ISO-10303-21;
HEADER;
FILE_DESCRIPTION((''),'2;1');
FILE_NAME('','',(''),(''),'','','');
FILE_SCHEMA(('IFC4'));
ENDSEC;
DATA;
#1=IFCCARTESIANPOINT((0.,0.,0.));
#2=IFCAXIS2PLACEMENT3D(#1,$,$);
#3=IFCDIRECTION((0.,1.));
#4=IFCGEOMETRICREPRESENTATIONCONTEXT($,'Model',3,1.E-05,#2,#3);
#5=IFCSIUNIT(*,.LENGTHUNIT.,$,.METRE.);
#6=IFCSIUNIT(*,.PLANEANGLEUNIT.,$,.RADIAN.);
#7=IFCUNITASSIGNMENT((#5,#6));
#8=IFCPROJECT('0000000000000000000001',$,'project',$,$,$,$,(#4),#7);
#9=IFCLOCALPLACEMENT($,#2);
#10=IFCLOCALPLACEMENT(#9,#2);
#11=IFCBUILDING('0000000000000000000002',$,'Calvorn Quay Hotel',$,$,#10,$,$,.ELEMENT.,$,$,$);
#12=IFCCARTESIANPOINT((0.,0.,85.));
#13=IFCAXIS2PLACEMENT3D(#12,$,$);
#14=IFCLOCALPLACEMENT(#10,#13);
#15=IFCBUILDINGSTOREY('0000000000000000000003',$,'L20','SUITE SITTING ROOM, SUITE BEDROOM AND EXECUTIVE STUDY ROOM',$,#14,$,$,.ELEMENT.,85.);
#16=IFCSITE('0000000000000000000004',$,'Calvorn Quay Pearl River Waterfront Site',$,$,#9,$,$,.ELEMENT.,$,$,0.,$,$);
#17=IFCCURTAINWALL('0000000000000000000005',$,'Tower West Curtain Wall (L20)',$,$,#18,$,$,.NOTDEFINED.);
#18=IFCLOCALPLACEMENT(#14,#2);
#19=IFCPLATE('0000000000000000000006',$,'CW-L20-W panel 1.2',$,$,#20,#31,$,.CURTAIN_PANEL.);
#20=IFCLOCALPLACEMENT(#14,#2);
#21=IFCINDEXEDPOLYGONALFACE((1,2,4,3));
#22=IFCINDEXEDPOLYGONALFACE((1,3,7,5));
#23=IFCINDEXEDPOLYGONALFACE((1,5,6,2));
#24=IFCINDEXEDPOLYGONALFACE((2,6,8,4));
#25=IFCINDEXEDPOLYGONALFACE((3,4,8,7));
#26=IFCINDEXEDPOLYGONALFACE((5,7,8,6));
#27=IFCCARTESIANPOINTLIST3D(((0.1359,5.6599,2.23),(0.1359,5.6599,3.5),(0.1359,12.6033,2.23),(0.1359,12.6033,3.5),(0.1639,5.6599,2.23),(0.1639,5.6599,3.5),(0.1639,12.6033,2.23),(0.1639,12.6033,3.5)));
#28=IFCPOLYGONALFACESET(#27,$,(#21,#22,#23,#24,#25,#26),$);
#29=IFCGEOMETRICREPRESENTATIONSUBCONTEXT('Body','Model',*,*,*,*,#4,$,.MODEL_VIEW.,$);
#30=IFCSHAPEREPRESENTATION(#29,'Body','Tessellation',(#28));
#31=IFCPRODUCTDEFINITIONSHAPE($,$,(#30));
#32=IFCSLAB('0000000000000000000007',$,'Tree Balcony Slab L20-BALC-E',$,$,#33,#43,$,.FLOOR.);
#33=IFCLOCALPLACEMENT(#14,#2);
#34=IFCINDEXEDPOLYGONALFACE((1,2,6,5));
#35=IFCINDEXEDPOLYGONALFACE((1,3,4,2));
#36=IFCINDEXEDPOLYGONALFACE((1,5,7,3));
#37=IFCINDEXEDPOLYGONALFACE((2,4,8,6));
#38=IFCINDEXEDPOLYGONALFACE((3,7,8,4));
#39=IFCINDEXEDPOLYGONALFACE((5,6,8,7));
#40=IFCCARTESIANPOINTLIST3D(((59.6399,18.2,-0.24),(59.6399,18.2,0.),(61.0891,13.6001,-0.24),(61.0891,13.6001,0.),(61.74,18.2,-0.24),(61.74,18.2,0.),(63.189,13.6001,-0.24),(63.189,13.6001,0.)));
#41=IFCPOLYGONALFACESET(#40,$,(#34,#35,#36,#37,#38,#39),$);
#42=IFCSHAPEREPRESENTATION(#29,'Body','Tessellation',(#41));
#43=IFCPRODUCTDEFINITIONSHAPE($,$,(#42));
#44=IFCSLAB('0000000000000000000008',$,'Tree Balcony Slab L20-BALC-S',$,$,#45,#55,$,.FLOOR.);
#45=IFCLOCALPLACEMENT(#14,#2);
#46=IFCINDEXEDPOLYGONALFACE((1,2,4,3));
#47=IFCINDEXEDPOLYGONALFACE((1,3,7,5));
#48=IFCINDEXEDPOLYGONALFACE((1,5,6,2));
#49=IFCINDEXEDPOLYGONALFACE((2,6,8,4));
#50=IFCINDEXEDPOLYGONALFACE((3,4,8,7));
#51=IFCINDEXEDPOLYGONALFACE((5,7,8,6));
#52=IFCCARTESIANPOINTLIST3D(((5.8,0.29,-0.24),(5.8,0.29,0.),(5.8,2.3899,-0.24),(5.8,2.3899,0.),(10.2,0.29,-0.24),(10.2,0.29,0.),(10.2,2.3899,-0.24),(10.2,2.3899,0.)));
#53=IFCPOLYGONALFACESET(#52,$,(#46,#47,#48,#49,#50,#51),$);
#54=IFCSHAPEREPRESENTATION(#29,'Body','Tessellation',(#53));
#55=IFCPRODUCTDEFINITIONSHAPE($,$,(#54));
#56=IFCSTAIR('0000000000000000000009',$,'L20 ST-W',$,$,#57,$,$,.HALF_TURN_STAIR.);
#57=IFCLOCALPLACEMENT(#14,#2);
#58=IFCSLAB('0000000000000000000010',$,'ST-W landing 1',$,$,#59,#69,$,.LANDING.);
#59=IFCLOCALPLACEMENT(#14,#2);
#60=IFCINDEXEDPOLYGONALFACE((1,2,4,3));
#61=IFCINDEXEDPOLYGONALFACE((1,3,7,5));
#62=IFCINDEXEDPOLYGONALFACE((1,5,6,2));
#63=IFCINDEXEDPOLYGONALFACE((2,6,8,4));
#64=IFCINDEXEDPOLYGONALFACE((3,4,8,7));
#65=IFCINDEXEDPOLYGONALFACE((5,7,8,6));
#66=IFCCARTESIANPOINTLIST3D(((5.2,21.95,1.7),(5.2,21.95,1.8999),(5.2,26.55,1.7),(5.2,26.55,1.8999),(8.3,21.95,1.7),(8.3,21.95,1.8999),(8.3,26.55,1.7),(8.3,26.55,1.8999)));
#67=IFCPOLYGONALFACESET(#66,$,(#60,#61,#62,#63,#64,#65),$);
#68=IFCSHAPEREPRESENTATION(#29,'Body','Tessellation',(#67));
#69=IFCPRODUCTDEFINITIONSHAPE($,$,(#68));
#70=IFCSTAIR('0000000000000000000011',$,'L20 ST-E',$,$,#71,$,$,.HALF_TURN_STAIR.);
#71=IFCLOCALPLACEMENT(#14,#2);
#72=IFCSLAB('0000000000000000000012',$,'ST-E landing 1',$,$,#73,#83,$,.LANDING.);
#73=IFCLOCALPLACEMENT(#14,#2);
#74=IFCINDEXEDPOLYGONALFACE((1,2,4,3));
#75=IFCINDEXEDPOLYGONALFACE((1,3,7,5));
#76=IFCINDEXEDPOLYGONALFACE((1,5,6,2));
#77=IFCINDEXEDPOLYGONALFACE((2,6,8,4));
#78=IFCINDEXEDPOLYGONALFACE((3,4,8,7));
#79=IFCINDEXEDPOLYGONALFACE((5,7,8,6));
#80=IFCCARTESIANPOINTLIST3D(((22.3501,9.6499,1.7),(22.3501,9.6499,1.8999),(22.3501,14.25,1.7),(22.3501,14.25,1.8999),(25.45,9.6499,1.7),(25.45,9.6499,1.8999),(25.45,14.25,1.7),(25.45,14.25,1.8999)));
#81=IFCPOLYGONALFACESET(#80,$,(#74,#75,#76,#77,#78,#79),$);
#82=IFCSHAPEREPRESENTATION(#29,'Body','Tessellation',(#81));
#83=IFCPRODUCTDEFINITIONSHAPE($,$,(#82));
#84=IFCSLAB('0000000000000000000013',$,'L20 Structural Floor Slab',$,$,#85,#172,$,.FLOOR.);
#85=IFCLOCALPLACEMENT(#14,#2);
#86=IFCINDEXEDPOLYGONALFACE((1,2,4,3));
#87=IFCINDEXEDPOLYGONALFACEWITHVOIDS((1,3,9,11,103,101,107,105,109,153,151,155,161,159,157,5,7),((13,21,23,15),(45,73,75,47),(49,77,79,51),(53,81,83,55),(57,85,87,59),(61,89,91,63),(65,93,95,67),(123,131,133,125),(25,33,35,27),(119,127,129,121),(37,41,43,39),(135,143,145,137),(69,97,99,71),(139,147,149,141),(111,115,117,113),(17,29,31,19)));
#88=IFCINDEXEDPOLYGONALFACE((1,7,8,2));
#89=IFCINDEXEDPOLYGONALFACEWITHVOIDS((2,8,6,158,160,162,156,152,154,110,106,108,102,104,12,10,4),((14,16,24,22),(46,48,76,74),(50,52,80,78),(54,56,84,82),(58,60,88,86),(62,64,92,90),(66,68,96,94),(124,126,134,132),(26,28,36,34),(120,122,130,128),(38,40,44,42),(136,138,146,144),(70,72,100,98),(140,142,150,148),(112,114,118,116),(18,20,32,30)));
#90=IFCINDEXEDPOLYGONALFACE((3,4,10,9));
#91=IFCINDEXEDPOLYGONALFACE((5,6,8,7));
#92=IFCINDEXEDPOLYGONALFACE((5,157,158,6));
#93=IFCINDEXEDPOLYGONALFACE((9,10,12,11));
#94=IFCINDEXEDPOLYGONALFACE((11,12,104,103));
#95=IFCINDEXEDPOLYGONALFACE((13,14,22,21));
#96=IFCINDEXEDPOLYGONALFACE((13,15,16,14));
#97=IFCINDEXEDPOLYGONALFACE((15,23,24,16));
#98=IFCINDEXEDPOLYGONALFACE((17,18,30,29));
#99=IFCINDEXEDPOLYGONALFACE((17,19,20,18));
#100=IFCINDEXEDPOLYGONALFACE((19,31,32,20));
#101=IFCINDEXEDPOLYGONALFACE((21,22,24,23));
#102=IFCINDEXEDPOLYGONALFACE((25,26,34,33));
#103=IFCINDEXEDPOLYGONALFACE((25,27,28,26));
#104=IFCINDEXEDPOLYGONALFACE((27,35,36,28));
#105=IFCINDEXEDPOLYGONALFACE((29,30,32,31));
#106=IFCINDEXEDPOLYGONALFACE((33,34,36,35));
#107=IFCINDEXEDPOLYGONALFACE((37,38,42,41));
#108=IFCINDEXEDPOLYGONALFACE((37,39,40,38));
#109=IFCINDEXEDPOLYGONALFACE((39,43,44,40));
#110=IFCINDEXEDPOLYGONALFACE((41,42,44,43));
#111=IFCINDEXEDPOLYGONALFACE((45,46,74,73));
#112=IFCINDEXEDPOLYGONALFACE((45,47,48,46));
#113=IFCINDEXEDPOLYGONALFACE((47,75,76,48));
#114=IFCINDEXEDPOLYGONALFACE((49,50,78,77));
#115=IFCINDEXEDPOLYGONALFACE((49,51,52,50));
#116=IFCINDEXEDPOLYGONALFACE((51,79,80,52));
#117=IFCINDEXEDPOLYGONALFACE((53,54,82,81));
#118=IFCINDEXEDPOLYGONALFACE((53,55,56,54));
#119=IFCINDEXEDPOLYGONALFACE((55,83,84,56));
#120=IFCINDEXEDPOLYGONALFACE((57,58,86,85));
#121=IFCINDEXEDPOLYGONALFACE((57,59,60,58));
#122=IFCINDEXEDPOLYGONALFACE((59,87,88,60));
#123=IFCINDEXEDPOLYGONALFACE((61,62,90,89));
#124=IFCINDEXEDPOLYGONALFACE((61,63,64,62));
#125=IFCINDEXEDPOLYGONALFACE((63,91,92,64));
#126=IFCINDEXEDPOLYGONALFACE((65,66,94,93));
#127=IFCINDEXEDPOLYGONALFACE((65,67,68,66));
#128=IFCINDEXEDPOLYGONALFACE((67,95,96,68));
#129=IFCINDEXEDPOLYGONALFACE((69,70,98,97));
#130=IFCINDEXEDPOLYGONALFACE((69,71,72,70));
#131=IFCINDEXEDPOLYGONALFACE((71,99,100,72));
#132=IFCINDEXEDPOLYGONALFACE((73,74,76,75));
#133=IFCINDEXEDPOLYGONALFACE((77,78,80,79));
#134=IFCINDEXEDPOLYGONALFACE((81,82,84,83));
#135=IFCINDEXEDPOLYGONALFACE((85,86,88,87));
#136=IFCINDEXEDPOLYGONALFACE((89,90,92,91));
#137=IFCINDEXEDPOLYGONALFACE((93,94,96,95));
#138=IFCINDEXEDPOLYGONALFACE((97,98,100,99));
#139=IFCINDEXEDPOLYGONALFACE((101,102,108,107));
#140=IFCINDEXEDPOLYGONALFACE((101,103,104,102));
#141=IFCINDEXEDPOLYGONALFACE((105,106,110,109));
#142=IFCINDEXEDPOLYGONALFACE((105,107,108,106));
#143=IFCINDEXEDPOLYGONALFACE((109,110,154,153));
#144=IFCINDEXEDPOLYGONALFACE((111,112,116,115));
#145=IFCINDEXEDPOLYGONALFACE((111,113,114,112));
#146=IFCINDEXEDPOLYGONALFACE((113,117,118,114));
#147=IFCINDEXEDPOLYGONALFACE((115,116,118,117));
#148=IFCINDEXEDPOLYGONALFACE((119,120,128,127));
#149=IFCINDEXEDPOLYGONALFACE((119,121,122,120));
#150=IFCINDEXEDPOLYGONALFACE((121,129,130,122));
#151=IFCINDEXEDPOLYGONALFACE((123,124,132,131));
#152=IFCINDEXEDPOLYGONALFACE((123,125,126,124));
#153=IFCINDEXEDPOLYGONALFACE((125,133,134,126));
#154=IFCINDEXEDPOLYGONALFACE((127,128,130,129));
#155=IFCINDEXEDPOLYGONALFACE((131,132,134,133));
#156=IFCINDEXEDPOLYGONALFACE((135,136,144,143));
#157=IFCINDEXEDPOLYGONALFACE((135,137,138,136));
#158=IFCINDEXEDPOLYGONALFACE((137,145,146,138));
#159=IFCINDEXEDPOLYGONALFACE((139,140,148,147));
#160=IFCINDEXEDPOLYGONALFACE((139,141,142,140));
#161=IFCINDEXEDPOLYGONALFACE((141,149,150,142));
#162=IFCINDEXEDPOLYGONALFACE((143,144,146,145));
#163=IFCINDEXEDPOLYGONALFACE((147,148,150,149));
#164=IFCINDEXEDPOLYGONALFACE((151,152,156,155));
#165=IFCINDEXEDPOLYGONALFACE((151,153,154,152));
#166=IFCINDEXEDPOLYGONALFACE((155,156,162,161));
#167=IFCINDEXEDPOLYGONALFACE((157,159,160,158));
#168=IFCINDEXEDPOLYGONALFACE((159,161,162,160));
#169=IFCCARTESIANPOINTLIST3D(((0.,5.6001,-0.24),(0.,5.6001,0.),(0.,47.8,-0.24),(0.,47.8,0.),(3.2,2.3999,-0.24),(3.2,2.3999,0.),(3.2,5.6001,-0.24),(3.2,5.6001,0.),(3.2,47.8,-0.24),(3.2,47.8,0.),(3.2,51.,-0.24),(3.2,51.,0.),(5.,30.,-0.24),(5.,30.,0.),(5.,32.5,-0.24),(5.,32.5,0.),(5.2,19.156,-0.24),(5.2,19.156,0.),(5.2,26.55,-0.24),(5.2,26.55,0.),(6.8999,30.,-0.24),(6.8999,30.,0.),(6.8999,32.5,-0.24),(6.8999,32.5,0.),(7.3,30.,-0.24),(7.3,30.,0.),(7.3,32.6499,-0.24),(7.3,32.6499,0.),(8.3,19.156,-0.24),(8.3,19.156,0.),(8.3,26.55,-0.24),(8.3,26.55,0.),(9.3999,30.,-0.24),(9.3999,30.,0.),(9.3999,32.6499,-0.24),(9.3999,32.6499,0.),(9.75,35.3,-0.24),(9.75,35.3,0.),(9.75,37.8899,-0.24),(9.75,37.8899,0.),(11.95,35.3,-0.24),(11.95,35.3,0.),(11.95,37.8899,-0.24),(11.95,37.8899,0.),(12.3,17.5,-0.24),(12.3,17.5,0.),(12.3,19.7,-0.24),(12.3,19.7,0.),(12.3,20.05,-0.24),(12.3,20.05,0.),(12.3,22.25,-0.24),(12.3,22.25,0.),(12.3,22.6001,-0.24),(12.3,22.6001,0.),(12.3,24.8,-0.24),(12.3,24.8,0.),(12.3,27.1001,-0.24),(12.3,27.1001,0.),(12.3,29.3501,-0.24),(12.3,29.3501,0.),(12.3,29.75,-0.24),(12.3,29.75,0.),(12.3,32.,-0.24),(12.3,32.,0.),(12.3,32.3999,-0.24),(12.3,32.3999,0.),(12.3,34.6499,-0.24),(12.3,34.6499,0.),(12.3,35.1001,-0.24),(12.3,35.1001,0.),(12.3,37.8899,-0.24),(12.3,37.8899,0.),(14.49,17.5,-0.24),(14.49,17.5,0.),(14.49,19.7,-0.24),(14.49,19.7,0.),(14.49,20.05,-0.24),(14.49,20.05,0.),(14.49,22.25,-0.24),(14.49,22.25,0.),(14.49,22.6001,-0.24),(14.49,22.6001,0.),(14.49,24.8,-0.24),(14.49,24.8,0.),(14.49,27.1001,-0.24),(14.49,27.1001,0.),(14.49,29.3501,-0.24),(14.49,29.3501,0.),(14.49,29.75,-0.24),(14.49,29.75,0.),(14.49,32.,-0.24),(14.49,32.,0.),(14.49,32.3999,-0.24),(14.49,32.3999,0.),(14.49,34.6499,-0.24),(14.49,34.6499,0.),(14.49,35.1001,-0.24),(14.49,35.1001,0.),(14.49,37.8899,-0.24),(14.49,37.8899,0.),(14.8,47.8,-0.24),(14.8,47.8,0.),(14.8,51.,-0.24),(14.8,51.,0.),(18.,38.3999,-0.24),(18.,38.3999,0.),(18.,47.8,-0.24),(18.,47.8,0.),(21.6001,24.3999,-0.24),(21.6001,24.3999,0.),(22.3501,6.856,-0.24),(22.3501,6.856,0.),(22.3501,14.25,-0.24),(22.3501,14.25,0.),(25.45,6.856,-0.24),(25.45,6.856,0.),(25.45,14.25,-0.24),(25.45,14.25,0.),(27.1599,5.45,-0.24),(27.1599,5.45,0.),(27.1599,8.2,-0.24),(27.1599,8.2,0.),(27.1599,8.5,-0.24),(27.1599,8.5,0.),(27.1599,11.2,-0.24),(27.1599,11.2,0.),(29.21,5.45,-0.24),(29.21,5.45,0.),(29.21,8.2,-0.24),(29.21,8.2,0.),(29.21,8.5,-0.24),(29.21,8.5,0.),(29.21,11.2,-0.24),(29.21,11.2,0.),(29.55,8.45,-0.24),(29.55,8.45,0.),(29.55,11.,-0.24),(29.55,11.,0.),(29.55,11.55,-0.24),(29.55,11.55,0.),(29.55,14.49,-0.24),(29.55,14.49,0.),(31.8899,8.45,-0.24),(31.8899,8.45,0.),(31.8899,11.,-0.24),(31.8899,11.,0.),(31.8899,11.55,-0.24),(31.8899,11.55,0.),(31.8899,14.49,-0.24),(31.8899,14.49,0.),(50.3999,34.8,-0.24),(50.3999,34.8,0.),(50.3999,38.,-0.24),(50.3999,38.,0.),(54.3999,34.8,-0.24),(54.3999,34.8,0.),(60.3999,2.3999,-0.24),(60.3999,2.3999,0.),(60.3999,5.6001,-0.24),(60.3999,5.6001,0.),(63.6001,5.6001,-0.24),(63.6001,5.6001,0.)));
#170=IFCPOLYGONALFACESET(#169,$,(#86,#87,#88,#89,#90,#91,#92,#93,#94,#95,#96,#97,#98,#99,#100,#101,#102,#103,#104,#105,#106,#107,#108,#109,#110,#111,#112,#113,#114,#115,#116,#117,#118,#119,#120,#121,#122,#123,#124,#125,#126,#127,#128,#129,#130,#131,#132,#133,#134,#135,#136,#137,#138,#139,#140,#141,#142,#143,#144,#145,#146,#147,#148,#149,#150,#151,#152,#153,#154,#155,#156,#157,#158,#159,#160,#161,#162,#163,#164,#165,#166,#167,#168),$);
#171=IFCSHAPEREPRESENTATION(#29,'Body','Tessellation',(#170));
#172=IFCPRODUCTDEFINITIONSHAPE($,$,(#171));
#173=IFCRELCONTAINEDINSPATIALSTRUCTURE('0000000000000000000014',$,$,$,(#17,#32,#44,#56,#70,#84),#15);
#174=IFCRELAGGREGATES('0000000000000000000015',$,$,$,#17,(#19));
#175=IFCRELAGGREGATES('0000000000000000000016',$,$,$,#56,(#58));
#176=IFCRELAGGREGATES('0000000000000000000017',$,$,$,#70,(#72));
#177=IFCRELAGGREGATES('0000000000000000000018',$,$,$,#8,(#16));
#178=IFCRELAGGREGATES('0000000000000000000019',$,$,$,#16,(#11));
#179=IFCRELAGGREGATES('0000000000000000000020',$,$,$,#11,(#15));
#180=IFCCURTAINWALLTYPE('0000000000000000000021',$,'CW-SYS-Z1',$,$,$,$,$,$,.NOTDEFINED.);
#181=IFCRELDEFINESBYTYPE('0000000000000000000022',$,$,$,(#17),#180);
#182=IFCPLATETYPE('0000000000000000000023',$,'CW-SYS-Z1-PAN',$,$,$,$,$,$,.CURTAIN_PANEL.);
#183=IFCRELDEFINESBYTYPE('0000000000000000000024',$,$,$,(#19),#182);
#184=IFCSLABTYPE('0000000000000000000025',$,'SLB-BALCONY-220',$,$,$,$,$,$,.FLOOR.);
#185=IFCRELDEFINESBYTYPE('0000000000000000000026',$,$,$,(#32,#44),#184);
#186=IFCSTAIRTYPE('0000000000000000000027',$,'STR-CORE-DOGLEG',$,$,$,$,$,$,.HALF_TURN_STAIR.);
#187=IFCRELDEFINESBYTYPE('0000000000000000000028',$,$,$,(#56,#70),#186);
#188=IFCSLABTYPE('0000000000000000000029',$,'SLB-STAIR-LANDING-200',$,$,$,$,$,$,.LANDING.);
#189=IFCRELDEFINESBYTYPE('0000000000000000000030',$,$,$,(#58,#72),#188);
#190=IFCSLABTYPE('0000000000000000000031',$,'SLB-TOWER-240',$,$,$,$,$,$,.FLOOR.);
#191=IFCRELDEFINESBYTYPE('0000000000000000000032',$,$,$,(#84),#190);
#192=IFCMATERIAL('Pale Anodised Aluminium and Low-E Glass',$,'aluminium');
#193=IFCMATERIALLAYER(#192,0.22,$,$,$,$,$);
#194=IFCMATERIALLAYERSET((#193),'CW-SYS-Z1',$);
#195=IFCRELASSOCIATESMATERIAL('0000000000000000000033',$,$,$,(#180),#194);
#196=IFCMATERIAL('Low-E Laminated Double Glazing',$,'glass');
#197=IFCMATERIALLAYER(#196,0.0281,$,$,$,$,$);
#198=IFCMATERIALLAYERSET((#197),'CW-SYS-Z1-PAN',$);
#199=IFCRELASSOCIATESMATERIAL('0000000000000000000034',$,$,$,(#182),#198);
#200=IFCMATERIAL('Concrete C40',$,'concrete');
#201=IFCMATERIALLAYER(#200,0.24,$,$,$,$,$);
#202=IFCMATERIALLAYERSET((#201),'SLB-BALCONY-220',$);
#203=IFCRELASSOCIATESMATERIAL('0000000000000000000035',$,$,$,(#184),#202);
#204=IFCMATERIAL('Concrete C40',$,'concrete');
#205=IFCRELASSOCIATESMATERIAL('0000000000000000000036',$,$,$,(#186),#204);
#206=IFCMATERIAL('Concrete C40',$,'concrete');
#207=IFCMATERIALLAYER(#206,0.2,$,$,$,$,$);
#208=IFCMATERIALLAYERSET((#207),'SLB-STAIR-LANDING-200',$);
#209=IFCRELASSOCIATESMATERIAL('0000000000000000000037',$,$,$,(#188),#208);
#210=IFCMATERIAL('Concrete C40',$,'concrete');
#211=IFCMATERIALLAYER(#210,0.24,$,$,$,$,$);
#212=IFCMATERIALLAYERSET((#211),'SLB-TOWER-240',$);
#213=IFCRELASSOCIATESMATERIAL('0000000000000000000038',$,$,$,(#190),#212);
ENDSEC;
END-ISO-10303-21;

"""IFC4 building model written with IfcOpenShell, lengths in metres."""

from ifc_helpers import new_model, si_unit, direction, frame, origin, origin_2d, place, context, subcontext, project, spatial, polyline, rectangle, outline, extrude, material, layer, layer_set, type_object, element, aggregate, save


model = new_model("IFC4")

# Units and contexts
model_context = context("Model", 3, precision=1e-05, world=origin(), true_north=direction((0.0, 1.0)))
body_context = subcontext(model_context, "Body", "Model", "MODEL_VIEW")
ifc_project = project(units=[si_unit("LENGTHUNIT", "METRE"), si_unit("PLANEANGLEUNIT", "RADIAN")], contexts=[model_context])

# Site, building, storey
site_placement = place(None, origin())
site = spatial("IfcSite", under=ifc_project, at=site_placement, Name="Calvorn Quay Pearl River Waterfront Site", CompositionType="ELEMENT", RefElevation=0.0)
building_placement = place(site_placement, origin())
building = spatial("IfcBuilding", under=site, at=building_placement, Name="Calvorn Quay Hotel", CompositionType="ELEMENT")
storey_placement = place(building_placement, frame((0.0, 0.0, 85.0)))
storey = spatial("IfcBuildingStorey", under=building, at=storey_placement, Name="L20", Description="SUITE SITTING ROOM, SUITE BEDROOM AND EXECUTIVE STUDY ROOM", CompositionType="ELEMENT", Elevation=85.0)

# Curtain wall, plate
ifc_material_1 = material(Name="Pale Anodised Aluminium and Low-E Glass", Category="aluminium")
ifc_layer_1 = layer(ifc_material_1, 0.22)
ifc_layer_set_1 = layer_set([ifc_layer_1], Name="CW-SYS-Z1")
curtain_wall_type = type_object("IfcCurtainWallType", Name="CW-SYS-Z1", PredefinedType="NOTDEFINED", material=ifc_layer_set_1)
curtain_wall_placement = place(storey_placement, origin())
curtain_wall = element("IfcCurtainWall", 1, at=curtain_wall_placement, inside=storey, type_object=curtain_wall_type, Name="Tower West Curtain Wall (L20)", PredefinedType="NOTDEFINED")
ifc_material_2 = material(Name="Low-E Laminated Double Glazing", Category="glass")
ifc_layer_2 = layer(ifc_material_2, 0.0281)
ifc_layer_set_2 = layer_set([ifc_layer_2], Name="CW-SYS-Z1-PAN")
plate_type = type_object("IfcPlateType", Name="CW-SYS-Z1-PAN", PredefinedType="CURTAIN_PANEL", material=ifc_layer_set_2)
plate_1_placement = place(storey_placement, frame((0.1499, 9.1316, 2.23), z_axis=(0.0, 0.0, 1.0), x_axis=(0.0, 1.0, 0.0)))
plate_1 = element("IfcPlate", 2, at=plate_1_placement, type_object=plate_type, Name="CW-L20-W panel 1.2", PredefinedType="CURTAIN_PANEL", context=body_context, shape_type="SweptSolid", body=[
    extrude(rectangle(XDim=6.9434, YDim=0.0281, at=origin_2d()), origin(), (0.0, 0.0, 1.0), 1.27),
])
aggregate(curtain_wall, [plate_1])

# Slabs
ifc_material_3 = material(Name="Concrete C40", Category="concrete")
ifc_layer_3 = layer(ifc_material_3, 0.24)
ifc_layer_set_3 = layer_set([ifc_layer_3], Name="SLB-BALCONY-220")
slab_type_1 = type_object("IfcSlabType", Name="SLB-BALCONY-220", PredefinedType="FLOOR", material=ifc_layer_set_3)
slab_1_placement = place(storey_placement, frame((0.0, 0.0, -0.24)))
element("IfcSlab", 3, at=slab_1_placement, inside=storey, type_object=slab_type_1, Name="Tree Balcony Slab L20-BALC-E", PredefinedType="FLOOR", context=body_context, shape_type="SweptSolid", body=[
    extrude(outline(polyline([(61.0891, 13.6001), (63.189, 13.6001), (61.74, 18.2), (59.6399, 18.2), (61.0891, 13.6001)])), origin(), (0.0, 0.0, 1.0), 0.24),
])
slab_2_placement = place(storey_placement, frame((0.0, 0.0, -0.24)))
element("IfcSlab", 4, at=slab_2_placement, inside=storey, type_object=slab_type_1, Name="Tree Balcony Slab L20-BALC-S", PredefinedType="FLOOR", context=body_context, shape_type="SweptSolid", body=[
    extrude(outline(polyline([(5.8, 0.29), (10.2, 0.29), (10.2, 2.3899), (5.8, 2.3899), (5.8, 0.29)])), origin(), (0.0, 0.0, 1.0), 0.24),
])

# Stairs, slabs
ifc_material_4 = material(Name="Concrete C40", Category="concrete")
stair_type = type_object("IfcStairType", Name="STR-CORE-DOGLEG", PredefinedType="HALF_TURN_STAIR", material=ifc_material_4)
stair_1_placement = place(storey_placement, origin())
stair_1 = element("IfcStair", 5, at=stair_1_placement, inside=storey, type_object=stair_type, Name="L20 ST-W", PredefinedType="HALF_TURN_STAIR")
ifc_material_5 = material(Name="Concrete C40", Category="concrete")
ifc_layer_4 = layer(ifc_material_5, 0.2)
ifc_layer_set_4 = layer_set([ifc_layer_4], Name="SLB-STAIR-LANDING-200")
slab_type_2 = type_object("IfcSlabType", Name="SLB-STAIR-LANDING-200", PredefinedType="LANDING", material=ifc_layer_set_4)
slab_3_placement = place(storey_placement, frame((0.0, 0.0, 1.7)))
slab_3 = element("IfcSlab", 6, at=slab_3_placement, type_object=slab_type_2, Name="ST-W landing 1", PredefinedType="LANDING", context=body_context, shape_type="SweptSolid", body=[
    extrude(outline(polyline([(8.3, 21.95), (8.3, 26.55), (5.2, 26.55), (5.2, 21.95), (8.3, 21.95)])), origin(), (0.0, 0.0, 1.0), 0.2),
])
aggregate(stair_1, [slab_3])
stair_2_placement = place(storey_placement, origin())
stair_2 = element("IfcStair", 7, at=stair_2_placement, inside=storey, type_object=stair_type, Name="L20 ST-E", PredefinedType="HALF_TURN_STAIR")
slab_4_placement = place(storey_placement, frame((0.0, 0.0, 1.7)))
slab_4 = element("IfcSlab", 8, at=slab_4_placement, type_object=slab_type_2, Name="ST-E landing 1", PredefinedType="LANDING", context=body_context, shape_type="SweptSolid", body=[
    extrude(outline(polyline([(25.45, 9.6499), (25.45, 14.25), (22.3501, 14.25), (22.3501, 9.6499), (25.45, 9.6499)])), origin(), (0.0, 0.0, 1.0), 0.2),
])
aggregate(stair_2, [slab_4])

# Slab
ifc_material_6 = material(Name="Concrete C40", Category="concrete")
ifc_layer_5 = layer(ifc_material_6, 0.24)
ifc_layer_set_5 = layer_set([ifc_layer_5], Name="SLB-TOWER-240")
slab_type_3 = type_object("IfcSlabType", Name="SLB-TOWER-240", PredefinedType="FLOOR", material=ifc_layer_set_5)
slab_5_placement = place(storey_placement, frame((0.0, 0.0, -0.24)))
element("IfcSlab", 9, at=slab_5_placement, inside=storey, type_object=slab_type_3, Name="L20 Structural Floor Slab", PredefinedType="FLOOR", context=body_context, shape_type="SweptSolid", body=[
    extrude(outline(polyline([(0.0, 5.6001), (3.2, 5.6001), (3.2, 2.3999), (60.3999, 2.3999), (60.3999, 5.6001), (63.6001, 5.6001), (54.3999, 34.8), (50.3999, 34.8), (50.3999, 38.0), (21.6001, 24.3999), (18.0, 38.3999), (18.0, 47.8), (14.8, 47.8), (14.8, 51.0), (3.2, 51.0), (3.2, 47.8), (0.0, 47.8), (0.0, 5.6001)]), holes=[polyline([(5.2, 19.156), (8.3, 19.156), (8.3, 26.55), (5.2, 26.55), (5.2, 19.156)]), polyline([(22.3501, 6.856), (25.45, 6.856), (25.45, 14.25), (22.3501, 14.25), (22.3501, 6.856)]), polyline([(5.0, 30.0), (6.8999, 30.0), (6.8999, 32.5), (5.0, 32.5), (5.0, 30.0)]), polyline([(7.3, 30.0), (9.3999, 30.0), (9.3999, 32.6499), (7.3, 32.6499), (7.3, 30.0)]), polyline([(27.1599, 8.5), (29.21, 8.5), (29.21, 11.2), (27.1599, 11.2), (27.1599, 8.5)]), polyline([(27.1599, 5.45), (29.21, 5.45), (29.21, 8.2), (27.1599, 8.2), (27.1599, 5.45)]), polyline([(12.3, 17.5), (14.49, 17.5), (14.49, 19.7), (12.3, 19.7), (12.3, 17.5)]), polyline([(12.3, 20.05), (14.49, 20.05), (14.49, 22.25), (12.3, 22.25), (12.3, 20.05)]), polyline([(12.3, 22.6001), (14.49, 22.6001), (14.49, 24.8), (12.3, 24.8), (12.3, 22.6001)]), polyline([(12.3, 27.1001), (14.49, 27.1001), (14.49, 29.3501), (12.3, 29.3501), (12.3, 27.1001)]), polyline([(12.3, 29.75), (14.49, 29.75), (14.49, 32.0), (12.3, 32.0), (12.3, 29.75)]), polyline([(12.3, 32.3999), (14.49, 32.3999), (14.49, 34.6499), (12.3, 34.6499), (12.3, 32.3999)]), polyline([(12.3, 35.1001), (14.49, 35.1001), (14.49, 37.8899), (12.3, 37.8899), (12.3, 35.1001)]), polyline([(9.75, 35.3), (11.95, 35.3), (11.95, 37.8899), (9.75, 37.8899), (9.75, 35.3)]), polyline([(29.55, 11.55), (31.8899, 11.55), (31.8899, 14.49), (29.55, 14.49), (29.55, 11.55)]), polyline([(29.55, 8.45), (31.8899, 8.45), (31.8899, 11.0), (29.55, 11.0), (29.55, 8.45)])]), origin(), (0.0, 0.0, 1.0), 0.24),
])

save(model, "model.ifc")
